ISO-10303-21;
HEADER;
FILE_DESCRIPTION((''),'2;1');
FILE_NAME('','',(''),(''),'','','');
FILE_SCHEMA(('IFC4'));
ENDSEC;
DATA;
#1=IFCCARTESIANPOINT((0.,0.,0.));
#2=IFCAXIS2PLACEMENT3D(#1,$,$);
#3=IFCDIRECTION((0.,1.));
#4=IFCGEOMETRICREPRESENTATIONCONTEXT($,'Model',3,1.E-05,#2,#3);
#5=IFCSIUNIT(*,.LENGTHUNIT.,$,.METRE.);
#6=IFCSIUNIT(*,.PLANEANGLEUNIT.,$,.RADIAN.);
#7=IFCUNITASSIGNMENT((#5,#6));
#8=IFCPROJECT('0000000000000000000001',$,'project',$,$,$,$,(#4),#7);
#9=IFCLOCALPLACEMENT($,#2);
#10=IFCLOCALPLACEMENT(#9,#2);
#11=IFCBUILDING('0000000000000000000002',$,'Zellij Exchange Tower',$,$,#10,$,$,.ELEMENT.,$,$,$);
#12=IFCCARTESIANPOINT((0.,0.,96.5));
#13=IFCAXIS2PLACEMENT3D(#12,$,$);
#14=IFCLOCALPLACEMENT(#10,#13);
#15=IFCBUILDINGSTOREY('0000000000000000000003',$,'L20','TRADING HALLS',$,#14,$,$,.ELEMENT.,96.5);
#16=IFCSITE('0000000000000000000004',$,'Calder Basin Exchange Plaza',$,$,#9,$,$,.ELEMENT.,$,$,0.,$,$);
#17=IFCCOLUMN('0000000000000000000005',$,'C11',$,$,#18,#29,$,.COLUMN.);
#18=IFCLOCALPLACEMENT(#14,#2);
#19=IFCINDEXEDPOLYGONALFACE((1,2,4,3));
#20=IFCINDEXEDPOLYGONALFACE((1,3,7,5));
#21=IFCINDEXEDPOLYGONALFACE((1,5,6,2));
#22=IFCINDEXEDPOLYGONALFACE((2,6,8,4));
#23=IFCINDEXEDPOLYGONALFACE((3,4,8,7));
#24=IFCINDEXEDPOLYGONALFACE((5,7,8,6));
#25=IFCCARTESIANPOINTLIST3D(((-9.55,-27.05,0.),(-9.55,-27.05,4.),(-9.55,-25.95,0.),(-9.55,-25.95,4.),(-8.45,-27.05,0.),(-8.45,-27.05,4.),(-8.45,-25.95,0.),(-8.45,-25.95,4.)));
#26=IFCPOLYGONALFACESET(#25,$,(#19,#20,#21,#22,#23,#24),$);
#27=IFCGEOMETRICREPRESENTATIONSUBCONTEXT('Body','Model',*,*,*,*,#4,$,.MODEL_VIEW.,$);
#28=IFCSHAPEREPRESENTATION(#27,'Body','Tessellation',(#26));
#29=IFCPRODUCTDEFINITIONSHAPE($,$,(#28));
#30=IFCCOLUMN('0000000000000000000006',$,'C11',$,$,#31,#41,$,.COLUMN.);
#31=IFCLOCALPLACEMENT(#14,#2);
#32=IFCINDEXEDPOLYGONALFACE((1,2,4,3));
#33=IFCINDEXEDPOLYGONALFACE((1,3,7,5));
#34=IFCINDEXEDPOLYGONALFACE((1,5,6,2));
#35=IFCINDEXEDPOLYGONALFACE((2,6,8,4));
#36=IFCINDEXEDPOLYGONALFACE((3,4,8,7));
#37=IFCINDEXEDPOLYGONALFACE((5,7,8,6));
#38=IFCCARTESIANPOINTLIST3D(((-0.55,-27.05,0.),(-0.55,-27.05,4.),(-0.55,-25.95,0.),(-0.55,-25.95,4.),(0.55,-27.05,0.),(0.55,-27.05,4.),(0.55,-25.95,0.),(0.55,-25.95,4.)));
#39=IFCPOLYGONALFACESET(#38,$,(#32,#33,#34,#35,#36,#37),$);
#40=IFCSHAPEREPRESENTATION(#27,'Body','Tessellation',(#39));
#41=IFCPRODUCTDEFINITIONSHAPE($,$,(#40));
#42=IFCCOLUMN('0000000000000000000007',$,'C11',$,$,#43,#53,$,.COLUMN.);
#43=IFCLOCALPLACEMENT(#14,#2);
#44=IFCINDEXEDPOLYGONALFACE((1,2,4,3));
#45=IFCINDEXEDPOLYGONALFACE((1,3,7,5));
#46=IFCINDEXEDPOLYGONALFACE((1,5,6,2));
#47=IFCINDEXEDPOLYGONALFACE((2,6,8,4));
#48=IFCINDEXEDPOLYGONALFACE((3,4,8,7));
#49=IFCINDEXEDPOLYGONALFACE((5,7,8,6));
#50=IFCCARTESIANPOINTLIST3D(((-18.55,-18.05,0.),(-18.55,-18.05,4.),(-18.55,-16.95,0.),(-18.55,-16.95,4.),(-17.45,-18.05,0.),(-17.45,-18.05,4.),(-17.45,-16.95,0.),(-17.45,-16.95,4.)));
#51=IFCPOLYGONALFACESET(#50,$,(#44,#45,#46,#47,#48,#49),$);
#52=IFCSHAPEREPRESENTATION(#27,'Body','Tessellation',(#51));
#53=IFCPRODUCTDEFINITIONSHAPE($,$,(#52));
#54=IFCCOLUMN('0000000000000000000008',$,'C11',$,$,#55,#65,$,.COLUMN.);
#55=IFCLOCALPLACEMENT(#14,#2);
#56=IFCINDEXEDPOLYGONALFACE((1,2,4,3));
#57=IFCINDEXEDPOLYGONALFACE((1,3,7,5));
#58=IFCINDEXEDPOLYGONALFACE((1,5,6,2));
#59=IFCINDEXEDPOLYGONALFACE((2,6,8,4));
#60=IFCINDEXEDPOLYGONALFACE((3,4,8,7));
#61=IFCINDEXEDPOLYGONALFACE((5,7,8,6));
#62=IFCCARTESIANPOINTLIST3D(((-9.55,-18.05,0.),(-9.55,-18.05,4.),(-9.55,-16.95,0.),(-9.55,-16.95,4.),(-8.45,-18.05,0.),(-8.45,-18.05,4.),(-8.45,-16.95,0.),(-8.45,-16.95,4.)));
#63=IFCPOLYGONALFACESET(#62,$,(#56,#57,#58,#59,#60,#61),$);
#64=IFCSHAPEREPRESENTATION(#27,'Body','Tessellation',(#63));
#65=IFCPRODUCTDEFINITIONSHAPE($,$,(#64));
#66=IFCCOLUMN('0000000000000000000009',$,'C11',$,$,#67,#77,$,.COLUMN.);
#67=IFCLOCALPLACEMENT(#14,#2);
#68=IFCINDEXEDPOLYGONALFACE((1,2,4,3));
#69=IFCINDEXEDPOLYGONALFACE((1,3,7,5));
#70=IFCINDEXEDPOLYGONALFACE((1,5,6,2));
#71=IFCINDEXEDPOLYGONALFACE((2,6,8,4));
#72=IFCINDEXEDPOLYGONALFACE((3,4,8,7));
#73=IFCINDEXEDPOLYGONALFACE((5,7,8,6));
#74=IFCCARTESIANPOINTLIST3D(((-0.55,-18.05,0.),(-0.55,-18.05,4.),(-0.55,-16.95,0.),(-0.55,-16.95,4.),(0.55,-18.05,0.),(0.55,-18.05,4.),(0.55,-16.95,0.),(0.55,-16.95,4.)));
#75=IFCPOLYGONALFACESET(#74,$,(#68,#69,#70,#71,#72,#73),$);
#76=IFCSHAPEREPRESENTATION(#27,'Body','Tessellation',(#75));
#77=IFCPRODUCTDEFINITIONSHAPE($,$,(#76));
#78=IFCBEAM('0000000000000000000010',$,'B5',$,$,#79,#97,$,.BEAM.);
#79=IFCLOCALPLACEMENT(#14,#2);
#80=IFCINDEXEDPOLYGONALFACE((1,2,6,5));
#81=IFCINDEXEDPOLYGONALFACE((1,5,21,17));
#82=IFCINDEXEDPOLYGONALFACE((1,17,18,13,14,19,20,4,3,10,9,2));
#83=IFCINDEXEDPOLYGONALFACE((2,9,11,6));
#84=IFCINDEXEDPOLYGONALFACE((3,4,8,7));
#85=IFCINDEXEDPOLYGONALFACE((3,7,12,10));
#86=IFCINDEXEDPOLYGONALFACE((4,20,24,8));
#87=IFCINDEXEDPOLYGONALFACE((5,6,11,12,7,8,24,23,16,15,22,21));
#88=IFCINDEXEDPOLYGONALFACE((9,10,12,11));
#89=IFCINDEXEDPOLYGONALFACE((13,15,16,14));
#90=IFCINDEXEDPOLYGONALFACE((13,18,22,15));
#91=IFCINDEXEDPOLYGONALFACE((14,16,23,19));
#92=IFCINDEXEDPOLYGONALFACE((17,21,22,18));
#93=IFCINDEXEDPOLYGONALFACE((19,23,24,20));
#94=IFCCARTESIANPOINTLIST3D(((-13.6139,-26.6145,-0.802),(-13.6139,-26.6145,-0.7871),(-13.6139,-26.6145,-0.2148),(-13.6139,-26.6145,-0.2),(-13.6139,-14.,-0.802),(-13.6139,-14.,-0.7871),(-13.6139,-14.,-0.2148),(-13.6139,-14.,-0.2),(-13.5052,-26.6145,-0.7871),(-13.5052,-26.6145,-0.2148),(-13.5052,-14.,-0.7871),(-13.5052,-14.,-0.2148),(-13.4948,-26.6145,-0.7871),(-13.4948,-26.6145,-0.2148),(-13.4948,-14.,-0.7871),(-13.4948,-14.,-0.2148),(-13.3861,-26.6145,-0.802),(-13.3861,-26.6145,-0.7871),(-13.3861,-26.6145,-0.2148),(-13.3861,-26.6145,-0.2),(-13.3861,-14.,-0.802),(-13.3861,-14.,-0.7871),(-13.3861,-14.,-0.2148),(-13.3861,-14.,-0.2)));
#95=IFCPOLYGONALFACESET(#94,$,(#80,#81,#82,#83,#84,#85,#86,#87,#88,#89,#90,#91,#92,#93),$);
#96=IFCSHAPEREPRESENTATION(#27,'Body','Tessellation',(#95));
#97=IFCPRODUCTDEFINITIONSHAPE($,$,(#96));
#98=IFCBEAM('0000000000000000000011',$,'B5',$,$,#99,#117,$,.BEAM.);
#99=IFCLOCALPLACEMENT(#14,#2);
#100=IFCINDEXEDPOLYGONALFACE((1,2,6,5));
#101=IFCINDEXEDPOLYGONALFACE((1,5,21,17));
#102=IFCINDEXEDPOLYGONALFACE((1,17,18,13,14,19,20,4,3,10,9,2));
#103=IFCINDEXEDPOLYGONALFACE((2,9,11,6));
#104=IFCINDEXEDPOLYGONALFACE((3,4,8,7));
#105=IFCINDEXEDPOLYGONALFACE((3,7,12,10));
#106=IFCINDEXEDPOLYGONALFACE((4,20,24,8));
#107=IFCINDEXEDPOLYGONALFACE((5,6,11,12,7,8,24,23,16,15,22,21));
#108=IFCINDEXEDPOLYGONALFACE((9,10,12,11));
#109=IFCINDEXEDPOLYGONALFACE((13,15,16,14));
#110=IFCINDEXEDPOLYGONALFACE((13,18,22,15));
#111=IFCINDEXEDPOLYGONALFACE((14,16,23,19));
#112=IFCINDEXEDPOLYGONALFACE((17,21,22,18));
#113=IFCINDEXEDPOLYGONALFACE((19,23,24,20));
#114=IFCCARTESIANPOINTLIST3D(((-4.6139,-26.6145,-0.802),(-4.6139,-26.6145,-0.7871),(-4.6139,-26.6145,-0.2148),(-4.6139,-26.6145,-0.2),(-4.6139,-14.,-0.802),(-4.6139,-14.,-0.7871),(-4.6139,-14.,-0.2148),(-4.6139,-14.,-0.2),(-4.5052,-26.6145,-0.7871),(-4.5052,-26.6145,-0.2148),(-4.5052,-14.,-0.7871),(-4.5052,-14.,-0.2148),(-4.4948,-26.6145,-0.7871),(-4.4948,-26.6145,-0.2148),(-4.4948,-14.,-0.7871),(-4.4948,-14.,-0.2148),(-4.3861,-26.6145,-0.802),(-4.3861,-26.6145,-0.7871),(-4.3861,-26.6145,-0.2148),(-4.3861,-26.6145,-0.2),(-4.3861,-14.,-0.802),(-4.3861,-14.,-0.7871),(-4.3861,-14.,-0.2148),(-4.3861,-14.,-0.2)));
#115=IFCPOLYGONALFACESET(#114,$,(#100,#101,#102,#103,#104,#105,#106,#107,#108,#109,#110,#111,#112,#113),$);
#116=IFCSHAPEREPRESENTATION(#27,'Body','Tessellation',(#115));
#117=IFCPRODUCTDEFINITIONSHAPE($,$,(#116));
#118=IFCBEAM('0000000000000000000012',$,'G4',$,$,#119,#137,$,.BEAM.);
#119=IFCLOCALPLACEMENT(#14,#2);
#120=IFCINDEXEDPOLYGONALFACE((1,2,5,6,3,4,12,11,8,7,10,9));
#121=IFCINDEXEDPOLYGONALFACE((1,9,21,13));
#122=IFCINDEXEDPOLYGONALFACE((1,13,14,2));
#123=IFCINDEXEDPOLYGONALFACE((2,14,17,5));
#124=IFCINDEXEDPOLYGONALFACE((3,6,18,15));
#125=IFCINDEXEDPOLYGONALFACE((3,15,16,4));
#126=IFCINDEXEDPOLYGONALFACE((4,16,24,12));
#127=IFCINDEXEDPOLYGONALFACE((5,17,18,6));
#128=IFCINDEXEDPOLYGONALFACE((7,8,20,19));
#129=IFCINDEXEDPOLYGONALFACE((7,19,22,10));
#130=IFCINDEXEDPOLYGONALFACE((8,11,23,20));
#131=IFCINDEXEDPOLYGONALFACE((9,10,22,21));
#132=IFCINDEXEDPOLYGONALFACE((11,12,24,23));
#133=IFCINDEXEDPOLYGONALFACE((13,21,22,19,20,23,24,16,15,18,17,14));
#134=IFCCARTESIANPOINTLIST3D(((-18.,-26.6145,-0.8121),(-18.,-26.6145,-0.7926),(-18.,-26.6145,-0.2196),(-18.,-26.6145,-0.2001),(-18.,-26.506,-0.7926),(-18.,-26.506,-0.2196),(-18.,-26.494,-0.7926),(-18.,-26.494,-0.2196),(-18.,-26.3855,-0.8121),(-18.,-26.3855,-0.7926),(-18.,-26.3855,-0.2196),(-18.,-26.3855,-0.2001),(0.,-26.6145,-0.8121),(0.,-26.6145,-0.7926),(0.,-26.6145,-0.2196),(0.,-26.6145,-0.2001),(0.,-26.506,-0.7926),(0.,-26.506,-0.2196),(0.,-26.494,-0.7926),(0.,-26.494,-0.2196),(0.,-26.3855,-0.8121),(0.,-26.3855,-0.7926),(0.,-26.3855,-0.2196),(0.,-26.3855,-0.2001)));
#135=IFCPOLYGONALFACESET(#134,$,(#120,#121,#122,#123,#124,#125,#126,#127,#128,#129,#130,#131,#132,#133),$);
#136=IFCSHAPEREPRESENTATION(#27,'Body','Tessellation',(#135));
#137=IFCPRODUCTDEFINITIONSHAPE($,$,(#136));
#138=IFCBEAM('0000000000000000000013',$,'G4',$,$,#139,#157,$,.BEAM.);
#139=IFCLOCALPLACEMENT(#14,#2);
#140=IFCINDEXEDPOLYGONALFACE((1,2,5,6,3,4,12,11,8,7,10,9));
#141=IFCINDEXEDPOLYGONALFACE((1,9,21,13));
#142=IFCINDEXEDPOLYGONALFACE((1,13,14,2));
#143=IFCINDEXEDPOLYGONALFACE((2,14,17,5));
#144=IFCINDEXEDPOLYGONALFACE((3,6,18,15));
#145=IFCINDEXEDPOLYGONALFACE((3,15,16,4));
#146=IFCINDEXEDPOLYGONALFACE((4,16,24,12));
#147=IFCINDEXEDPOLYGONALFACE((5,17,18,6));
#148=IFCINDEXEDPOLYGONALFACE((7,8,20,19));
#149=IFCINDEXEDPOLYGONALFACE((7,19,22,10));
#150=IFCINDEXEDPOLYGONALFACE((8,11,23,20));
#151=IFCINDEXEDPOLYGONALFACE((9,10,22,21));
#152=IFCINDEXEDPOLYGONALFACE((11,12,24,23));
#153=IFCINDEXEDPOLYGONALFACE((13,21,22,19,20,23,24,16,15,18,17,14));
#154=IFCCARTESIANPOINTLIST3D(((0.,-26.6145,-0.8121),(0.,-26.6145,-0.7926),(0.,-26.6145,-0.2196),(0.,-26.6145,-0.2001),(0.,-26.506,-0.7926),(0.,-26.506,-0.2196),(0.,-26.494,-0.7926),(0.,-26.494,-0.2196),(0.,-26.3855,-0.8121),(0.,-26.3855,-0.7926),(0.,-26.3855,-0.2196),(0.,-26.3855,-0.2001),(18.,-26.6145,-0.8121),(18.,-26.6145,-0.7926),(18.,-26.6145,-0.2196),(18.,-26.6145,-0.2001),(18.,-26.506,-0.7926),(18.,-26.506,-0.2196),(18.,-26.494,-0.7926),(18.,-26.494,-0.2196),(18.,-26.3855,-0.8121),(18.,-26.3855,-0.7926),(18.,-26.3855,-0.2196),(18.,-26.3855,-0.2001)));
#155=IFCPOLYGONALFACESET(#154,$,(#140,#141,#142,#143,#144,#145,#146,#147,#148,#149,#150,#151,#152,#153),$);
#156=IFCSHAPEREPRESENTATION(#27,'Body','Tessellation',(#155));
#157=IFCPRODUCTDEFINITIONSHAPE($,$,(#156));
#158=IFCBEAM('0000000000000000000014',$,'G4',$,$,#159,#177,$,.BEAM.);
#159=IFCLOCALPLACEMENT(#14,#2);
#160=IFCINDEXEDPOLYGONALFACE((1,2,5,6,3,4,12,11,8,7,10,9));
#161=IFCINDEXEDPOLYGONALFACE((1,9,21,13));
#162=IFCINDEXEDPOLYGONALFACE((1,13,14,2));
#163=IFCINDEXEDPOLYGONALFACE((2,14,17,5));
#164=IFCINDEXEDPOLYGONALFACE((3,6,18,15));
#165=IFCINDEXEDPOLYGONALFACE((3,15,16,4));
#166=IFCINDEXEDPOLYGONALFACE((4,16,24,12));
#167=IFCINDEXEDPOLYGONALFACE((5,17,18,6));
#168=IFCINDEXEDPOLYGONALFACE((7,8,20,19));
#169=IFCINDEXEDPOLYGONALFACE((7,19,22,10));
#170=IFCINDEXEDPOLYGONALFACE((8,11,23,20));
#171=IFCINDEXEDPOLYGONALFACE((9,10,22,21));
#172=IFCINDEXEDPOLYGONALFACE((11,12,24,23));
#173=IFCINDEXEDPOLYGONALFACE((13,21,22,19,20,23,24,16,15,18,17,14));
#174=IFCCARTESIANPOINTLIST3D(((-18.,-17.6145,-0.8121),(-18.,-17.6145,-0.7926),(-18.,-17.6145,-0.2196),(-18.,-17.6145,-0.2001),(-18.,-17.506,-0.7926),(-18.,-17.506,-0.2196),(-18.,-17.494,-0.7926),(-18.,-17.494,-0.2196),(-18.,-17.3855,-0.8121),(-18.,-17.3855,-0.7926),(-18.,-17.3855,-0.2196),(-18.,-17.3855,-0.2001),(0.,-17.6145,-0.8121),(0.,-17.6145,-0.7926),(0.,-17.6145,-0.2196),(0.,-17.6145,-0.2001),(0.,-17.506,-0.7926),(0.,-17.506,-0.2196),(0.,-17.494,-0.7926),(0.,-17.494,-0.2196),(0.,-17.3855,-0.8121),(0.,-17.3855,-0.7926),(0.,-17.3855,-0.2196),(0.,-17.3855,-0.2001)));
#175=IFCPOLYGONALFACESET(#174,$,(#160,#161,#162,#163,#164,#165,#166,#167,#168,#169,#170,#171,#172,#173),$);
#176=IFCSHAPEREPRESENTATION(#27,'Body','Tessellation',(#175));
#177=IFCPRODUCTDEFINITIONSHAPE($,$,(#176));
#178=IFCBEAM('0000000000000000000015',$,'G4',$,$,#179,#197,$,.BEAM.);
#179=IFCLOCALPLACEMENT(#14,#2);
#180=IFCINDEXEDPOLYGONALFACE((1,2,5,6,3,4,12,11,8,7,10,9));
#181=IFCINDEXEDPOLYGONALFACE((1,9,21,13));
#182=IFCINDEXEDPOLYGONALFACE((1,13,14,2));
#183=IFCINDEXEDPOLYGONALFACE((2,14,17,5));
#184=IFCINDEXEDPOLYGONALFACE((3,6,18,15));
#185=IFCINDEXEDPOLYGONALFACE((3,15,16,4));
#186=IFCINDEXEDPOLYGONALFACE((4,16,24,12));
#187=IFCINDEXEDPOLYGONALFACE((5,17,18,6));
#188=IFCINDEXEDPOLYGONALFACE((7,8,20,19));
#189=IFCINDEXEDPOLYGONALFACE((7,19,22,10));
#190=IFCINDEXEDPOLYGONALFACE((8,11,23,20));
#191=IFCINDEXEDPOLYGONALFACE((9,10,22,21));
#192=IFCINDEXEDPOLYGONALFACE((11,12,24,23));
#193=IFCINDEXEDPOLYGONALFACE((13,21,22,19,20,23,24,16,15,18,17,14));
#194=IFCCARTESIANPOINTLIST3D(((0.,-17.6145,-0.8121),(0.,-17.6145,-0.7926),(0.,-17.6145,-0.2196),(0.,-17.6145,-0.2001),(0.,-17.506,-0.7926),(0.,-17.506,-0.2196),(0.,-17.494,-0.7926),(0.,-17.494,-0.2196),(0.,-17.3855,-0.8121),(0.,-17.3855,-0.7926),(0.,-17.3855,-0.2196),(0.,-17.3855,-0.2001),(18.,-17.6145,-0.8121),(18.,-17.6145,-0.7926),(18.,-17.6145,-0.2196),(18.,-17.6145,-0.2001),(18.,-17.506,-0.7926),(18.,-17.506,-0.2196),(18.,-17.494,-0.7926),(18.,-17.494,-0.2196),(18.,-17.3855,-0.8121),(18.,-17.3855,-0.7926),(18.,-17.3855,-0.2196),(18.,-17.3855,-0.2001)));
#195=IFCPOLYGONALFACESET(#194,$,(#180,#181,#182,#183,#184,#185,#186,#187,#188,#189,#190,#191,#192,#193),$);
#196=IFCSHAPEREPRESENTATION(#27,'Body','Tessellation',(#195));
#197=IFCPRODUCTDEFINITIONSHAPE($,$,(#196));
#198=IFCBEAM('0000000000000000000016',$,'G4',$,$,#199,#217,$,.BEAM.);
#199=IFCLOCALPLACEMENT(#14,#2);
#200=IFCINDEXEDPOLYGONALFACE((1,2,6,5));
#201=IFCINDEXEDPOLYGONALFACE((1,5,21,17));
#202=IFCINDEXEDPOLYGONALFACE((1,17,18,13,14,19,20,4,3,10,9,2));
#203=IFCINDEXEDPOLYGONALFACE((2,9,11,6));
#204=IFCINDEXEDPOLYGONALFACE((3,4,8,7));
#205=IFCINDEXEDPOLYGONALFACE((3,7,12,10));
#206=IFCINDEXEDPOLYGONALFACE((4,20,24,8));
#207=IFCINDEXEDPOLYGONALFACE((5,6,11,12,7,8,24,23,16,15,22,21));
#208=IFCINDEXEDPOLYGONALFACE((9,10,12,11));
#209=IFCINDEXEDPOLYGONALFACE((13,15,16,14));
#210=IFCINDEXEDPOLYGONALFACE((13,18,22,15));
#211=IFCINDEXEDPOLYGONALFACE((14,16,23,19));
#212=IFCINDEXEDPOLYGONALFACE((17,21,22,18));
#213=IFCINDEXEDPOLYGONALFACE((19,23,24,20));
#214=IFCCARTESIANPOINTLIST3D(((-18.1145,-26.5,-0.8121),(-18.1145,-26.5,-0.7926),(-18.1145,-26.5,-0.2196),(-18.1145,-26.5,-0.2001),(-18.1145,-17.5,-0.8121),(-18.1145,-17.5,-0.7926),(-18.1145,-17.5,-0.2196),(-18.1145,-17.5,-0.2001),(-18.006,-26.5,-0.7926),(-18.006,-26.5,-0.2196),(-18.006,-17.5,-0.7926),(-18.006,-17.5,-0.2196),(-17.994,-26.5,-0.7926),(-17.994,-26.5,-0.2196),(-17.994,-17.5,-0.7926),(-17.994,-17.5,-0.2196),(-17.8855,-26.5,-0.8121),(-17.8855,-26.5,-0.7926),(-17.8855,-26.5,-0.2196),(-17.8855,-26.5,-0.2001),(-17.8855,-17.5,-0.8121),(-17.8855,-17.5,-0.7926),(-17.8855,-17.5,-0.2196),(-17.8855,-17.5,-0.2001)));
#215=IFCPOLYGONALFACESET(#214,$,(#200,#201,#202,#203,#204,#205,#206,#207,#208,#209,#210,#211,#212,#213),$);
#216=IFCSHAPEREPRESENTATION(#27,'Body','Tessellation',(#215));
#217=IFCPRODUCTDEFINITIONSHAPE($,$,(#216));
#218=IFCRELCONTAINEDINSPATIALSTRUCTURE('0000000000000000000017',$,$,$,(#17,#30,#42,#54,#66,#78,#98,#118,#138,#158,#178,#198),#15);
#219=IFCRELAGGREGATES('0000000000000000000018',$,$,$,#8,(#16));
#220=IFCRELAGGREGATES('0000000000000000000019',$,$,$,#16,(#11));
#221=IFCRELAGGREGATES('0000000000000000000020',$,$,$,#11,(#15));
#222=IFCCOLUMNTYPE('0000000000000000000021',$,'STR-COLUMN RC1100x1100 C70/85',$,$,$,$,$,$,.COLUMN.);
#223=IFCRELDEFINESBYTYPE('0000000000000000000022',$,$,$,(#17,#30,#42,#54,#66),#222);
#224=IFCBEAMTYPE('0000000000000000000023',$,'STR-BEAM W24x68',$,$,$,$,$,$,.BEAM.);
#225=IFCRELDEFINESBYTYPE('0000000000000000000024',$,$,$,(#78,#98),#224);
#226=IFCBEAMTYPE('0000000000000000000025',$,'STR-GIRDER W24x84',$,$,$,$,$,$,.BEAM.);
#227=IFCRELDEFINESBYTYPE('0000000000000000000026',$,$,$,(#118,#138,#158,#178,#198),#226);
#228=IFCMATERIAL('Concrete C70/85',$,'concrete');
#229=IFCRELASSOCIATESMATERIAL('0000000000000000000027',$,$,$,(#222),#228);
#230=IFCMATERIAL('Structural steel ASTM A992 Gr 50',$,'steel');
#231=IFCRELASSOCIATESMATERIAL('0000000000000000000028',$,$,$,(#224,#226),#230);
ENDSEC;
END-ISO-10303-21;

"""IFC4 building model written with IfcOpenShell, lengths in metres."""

from ifc_helpers import new_model, si_unit, direction, frame, origin, origin_2d, place, context, subcontext, project, spatial, rectangle, i_section, extrude, material, material_profile, profile_set, type_object, element, save


model = new_model("IFC4")

# Units and contexts
model_context = context("Model", 3, precision=1e-05, world=origin(), true_north=direction((0.0, 1.0)))
body_context = subcontext(model_context, "Body", "Model", "MODEL_VIEW")
ifc_project = project(units=[si_unit("LENGTHUNIT", "METRE"), si_unit("PLANEANGLEUNIT", "RADIAN")], contexts=[model_context])

# Site, building, storey
site_placement = place(None, origin())
site = spatial("IfcSite", under=ifc_project, at=site_placement, Name="Calder Basin Exchange Plaza", CompositionType="ELEMENT", RefElevation=0.0)
building_placement = place(site_placement, origin())
building = spatial("IfcBuilding", under=site, at=building_placement, Name="Zellij Exchange Tower", CompositionType="ELEMENT")
storey_placement = place(building_placement, frame((0.0, 0.0, 96.5)))
storey = spatial("IfcBuildingStorey", under=building, at=storey_placement, Name="L20", Description="TRADING HALLS", CompositionType="ELEMENT", Elevation=96.5)

# Columns
ifc_material_1 = material(Name="Concrete C70/85", Category="concrete")
ifc_material_profile_1 = material_profile(ifc_material_1, rectangle(XDim=1.1001, YDim=1.1001, at=origin_2d()), Name="STR-COLUMN RC1100x1100 C70/85")
ifc_profile_set_1 = profile_set([ifc_material_profile_1], Name="Concrete C70/85")
column_type = type_object("IfcColumnType", Name="STR-COLUMN RC1100x1100 C70/85", PredefinedType="COLUMN", material=ifc_profile_set_1)
for number, where, z_axis, x_axis, name in (
    (1, (-9.0, -26.5, 0.0), (0.0, 0.0, 1.0), (1.0, 0.0, 0.0), "C11"),
    (2, (0.0, -26.5, 0.0), (0.0, 0.0, 1.0), (1.0, 0.0, 0.0), "C11"),
    (3, (-18.0, -17.5, 0.0), (0.0, 0.0, 1.0), (1.0, 0.0, 0.0), "C11"),
    (4, (-9.0, -17.5, 0.0), (0.0, 0.0, 1.0), (1.0, 0.0, 0.0), "C11"),
    (5, (0.0, -17.5, 0.0), (0.0, 0.0, 1.0), (1.0, 0.0, 0.0), "C11"),
):
    element("IfcColumn", number, at=place(storey_placement, frame(where, z_axis=z_axis, x_axis=x_axis)), inside=storey, type_object=column_type, Name=name, PredefinedType="COLUMN", context=body_context, shape_type="SweptSolid", body=[
        extrude(rectangle(XDim=1.1001, YDim=1.1001, at=origin_2d()), origin(), (0.0, 0.0, 1.0), 4.0),
    ])

# Beams
ifc_material_2 = material(Name="Structural steel ASTM A992 Gr 50", Category="steel")
ifc_material_profile_2 = material_profile(ifc_material_2, i_section(OverallWidth=0.2278, OverallDepth=0.6021, WebThickness=0.0105, FlangeThickness=0.0149, at=origin_2d()), Name="W24x68")
ifc_profile_set_2 = profile_set([ifc_material_profile_2], Name="Structural steel ASTM A992 Gr 50")
beam_type_1 = type_object("IfcBeamType", Name="STR-BEAM W24x68", PredefinedType="BEAM", material=ifc_profile_set_2)
for number, where, z_axis, x_axis, name in (
    (6, (-13.5, -26.6145, -0.501), (0.0, 1.0, 0.0), (-1.0, 0.0, 0.0), "B5"),
    (7, (-4.5, -26.6145, -0.501), (0.0, 1.0, 0.0), (-1.0, 0.0, 0.0), "B5"),
):
    element("IfcBeam", number, at=place(storey_placement, frame(where, z_axis=z_axis, x_axis=x_axis)), inside=storey, type_object=beam_type_1, Name=name, PredefinedType="BEAM", context=body_context, shape_type="SweptSolid", body=[
        extrude(i_section(OverallWidth=0.2278, OverallDepth=0.6021, WebThickness=0.0105, FlangeThickness=0.0149, at=origin_2d()), origin(), (0.0, 0.0, 1.0), 12.6145),
    ])
ifc_material_profile_3 = material_profile(ifc_material_2, i_section(OverallWidth=0.229, OverallDepth=0.6121, WebThickness=0.012, FlangeThickness=0.0195, at=origin_2d()), Name="W24x84")
ifc_profile_set_3 = profile_set([ifc_material_profile_3], Name="Structural steel ASTM A992 Gr 50")
beam_type_2 = type_object("IfcBeamType", Name="STR-GIRDER W24x84", PredefinedType="BEAM", material=ifc_profile_set_3)
for number, where, z_axis, x_axis, name in (
    (8, (-18.0, -26.5, -0.5061), (1.0, 0.0, 0.0), (0.0, 1.0, 0.0), "G4"),
    (9, (0.0, -26.5, -0.5061), (1.0, 0.0, 0.0), (0.0, 1.0, 0.0), "G4"),
    (10, (-18.0, -17.5, -0.5061), (1.0, 0.0, 0.0), (0.0, 1.0, 0.0), "G4"),
    (11, (0.0, -17.5, -0.5061), (1.0, 0.0, 0.0), (0.0, 1.0, 0.0), "G4"),
):
    element("IfcBeam", number, at=place(storey_placement, frame(where, z_axis=z_axis, x_axis=x_axis)), inside=storey, type_object=beam_type_2, Name=name, PredefinedType="BEAM", context=body_context, shape_type="SweptSolid", body=[
        extrude(i_section(OverallWidth=0.229, OverallDepth=0.6121, WebThickness=0.012, FlangeThickness=0.0195, at=origin_2d()), origin(), (0.0, 0.0, 1.0), 18.0),
    ])
for number, where, z_axis, x_axis, name in (
    (12, (-18.0, -26.5, -0.5061), (0.0, 1.0, 0.0), (-1.0, 0.0, 0.0), "G4"),
):
    element("IfcBeam", number, at=place(storey_placement, frame(where, z_axis=z_axis, x_axis=x_axis)), inside=storey, type_object=beam_type_2, Name=name, PredefinedType="BEAM", context=body_context, shape_type="SweptSolid", body=[
        extrude(i_section(OverallWidth=0.229, OverallDepth=0.6121, WebThickness=0.012, FlangeThickness=0.0195, at=origin_2d()), origin(), (0.0, 0.0, 1.0), 9.0),
    ])

save(model, "model.ifc")
